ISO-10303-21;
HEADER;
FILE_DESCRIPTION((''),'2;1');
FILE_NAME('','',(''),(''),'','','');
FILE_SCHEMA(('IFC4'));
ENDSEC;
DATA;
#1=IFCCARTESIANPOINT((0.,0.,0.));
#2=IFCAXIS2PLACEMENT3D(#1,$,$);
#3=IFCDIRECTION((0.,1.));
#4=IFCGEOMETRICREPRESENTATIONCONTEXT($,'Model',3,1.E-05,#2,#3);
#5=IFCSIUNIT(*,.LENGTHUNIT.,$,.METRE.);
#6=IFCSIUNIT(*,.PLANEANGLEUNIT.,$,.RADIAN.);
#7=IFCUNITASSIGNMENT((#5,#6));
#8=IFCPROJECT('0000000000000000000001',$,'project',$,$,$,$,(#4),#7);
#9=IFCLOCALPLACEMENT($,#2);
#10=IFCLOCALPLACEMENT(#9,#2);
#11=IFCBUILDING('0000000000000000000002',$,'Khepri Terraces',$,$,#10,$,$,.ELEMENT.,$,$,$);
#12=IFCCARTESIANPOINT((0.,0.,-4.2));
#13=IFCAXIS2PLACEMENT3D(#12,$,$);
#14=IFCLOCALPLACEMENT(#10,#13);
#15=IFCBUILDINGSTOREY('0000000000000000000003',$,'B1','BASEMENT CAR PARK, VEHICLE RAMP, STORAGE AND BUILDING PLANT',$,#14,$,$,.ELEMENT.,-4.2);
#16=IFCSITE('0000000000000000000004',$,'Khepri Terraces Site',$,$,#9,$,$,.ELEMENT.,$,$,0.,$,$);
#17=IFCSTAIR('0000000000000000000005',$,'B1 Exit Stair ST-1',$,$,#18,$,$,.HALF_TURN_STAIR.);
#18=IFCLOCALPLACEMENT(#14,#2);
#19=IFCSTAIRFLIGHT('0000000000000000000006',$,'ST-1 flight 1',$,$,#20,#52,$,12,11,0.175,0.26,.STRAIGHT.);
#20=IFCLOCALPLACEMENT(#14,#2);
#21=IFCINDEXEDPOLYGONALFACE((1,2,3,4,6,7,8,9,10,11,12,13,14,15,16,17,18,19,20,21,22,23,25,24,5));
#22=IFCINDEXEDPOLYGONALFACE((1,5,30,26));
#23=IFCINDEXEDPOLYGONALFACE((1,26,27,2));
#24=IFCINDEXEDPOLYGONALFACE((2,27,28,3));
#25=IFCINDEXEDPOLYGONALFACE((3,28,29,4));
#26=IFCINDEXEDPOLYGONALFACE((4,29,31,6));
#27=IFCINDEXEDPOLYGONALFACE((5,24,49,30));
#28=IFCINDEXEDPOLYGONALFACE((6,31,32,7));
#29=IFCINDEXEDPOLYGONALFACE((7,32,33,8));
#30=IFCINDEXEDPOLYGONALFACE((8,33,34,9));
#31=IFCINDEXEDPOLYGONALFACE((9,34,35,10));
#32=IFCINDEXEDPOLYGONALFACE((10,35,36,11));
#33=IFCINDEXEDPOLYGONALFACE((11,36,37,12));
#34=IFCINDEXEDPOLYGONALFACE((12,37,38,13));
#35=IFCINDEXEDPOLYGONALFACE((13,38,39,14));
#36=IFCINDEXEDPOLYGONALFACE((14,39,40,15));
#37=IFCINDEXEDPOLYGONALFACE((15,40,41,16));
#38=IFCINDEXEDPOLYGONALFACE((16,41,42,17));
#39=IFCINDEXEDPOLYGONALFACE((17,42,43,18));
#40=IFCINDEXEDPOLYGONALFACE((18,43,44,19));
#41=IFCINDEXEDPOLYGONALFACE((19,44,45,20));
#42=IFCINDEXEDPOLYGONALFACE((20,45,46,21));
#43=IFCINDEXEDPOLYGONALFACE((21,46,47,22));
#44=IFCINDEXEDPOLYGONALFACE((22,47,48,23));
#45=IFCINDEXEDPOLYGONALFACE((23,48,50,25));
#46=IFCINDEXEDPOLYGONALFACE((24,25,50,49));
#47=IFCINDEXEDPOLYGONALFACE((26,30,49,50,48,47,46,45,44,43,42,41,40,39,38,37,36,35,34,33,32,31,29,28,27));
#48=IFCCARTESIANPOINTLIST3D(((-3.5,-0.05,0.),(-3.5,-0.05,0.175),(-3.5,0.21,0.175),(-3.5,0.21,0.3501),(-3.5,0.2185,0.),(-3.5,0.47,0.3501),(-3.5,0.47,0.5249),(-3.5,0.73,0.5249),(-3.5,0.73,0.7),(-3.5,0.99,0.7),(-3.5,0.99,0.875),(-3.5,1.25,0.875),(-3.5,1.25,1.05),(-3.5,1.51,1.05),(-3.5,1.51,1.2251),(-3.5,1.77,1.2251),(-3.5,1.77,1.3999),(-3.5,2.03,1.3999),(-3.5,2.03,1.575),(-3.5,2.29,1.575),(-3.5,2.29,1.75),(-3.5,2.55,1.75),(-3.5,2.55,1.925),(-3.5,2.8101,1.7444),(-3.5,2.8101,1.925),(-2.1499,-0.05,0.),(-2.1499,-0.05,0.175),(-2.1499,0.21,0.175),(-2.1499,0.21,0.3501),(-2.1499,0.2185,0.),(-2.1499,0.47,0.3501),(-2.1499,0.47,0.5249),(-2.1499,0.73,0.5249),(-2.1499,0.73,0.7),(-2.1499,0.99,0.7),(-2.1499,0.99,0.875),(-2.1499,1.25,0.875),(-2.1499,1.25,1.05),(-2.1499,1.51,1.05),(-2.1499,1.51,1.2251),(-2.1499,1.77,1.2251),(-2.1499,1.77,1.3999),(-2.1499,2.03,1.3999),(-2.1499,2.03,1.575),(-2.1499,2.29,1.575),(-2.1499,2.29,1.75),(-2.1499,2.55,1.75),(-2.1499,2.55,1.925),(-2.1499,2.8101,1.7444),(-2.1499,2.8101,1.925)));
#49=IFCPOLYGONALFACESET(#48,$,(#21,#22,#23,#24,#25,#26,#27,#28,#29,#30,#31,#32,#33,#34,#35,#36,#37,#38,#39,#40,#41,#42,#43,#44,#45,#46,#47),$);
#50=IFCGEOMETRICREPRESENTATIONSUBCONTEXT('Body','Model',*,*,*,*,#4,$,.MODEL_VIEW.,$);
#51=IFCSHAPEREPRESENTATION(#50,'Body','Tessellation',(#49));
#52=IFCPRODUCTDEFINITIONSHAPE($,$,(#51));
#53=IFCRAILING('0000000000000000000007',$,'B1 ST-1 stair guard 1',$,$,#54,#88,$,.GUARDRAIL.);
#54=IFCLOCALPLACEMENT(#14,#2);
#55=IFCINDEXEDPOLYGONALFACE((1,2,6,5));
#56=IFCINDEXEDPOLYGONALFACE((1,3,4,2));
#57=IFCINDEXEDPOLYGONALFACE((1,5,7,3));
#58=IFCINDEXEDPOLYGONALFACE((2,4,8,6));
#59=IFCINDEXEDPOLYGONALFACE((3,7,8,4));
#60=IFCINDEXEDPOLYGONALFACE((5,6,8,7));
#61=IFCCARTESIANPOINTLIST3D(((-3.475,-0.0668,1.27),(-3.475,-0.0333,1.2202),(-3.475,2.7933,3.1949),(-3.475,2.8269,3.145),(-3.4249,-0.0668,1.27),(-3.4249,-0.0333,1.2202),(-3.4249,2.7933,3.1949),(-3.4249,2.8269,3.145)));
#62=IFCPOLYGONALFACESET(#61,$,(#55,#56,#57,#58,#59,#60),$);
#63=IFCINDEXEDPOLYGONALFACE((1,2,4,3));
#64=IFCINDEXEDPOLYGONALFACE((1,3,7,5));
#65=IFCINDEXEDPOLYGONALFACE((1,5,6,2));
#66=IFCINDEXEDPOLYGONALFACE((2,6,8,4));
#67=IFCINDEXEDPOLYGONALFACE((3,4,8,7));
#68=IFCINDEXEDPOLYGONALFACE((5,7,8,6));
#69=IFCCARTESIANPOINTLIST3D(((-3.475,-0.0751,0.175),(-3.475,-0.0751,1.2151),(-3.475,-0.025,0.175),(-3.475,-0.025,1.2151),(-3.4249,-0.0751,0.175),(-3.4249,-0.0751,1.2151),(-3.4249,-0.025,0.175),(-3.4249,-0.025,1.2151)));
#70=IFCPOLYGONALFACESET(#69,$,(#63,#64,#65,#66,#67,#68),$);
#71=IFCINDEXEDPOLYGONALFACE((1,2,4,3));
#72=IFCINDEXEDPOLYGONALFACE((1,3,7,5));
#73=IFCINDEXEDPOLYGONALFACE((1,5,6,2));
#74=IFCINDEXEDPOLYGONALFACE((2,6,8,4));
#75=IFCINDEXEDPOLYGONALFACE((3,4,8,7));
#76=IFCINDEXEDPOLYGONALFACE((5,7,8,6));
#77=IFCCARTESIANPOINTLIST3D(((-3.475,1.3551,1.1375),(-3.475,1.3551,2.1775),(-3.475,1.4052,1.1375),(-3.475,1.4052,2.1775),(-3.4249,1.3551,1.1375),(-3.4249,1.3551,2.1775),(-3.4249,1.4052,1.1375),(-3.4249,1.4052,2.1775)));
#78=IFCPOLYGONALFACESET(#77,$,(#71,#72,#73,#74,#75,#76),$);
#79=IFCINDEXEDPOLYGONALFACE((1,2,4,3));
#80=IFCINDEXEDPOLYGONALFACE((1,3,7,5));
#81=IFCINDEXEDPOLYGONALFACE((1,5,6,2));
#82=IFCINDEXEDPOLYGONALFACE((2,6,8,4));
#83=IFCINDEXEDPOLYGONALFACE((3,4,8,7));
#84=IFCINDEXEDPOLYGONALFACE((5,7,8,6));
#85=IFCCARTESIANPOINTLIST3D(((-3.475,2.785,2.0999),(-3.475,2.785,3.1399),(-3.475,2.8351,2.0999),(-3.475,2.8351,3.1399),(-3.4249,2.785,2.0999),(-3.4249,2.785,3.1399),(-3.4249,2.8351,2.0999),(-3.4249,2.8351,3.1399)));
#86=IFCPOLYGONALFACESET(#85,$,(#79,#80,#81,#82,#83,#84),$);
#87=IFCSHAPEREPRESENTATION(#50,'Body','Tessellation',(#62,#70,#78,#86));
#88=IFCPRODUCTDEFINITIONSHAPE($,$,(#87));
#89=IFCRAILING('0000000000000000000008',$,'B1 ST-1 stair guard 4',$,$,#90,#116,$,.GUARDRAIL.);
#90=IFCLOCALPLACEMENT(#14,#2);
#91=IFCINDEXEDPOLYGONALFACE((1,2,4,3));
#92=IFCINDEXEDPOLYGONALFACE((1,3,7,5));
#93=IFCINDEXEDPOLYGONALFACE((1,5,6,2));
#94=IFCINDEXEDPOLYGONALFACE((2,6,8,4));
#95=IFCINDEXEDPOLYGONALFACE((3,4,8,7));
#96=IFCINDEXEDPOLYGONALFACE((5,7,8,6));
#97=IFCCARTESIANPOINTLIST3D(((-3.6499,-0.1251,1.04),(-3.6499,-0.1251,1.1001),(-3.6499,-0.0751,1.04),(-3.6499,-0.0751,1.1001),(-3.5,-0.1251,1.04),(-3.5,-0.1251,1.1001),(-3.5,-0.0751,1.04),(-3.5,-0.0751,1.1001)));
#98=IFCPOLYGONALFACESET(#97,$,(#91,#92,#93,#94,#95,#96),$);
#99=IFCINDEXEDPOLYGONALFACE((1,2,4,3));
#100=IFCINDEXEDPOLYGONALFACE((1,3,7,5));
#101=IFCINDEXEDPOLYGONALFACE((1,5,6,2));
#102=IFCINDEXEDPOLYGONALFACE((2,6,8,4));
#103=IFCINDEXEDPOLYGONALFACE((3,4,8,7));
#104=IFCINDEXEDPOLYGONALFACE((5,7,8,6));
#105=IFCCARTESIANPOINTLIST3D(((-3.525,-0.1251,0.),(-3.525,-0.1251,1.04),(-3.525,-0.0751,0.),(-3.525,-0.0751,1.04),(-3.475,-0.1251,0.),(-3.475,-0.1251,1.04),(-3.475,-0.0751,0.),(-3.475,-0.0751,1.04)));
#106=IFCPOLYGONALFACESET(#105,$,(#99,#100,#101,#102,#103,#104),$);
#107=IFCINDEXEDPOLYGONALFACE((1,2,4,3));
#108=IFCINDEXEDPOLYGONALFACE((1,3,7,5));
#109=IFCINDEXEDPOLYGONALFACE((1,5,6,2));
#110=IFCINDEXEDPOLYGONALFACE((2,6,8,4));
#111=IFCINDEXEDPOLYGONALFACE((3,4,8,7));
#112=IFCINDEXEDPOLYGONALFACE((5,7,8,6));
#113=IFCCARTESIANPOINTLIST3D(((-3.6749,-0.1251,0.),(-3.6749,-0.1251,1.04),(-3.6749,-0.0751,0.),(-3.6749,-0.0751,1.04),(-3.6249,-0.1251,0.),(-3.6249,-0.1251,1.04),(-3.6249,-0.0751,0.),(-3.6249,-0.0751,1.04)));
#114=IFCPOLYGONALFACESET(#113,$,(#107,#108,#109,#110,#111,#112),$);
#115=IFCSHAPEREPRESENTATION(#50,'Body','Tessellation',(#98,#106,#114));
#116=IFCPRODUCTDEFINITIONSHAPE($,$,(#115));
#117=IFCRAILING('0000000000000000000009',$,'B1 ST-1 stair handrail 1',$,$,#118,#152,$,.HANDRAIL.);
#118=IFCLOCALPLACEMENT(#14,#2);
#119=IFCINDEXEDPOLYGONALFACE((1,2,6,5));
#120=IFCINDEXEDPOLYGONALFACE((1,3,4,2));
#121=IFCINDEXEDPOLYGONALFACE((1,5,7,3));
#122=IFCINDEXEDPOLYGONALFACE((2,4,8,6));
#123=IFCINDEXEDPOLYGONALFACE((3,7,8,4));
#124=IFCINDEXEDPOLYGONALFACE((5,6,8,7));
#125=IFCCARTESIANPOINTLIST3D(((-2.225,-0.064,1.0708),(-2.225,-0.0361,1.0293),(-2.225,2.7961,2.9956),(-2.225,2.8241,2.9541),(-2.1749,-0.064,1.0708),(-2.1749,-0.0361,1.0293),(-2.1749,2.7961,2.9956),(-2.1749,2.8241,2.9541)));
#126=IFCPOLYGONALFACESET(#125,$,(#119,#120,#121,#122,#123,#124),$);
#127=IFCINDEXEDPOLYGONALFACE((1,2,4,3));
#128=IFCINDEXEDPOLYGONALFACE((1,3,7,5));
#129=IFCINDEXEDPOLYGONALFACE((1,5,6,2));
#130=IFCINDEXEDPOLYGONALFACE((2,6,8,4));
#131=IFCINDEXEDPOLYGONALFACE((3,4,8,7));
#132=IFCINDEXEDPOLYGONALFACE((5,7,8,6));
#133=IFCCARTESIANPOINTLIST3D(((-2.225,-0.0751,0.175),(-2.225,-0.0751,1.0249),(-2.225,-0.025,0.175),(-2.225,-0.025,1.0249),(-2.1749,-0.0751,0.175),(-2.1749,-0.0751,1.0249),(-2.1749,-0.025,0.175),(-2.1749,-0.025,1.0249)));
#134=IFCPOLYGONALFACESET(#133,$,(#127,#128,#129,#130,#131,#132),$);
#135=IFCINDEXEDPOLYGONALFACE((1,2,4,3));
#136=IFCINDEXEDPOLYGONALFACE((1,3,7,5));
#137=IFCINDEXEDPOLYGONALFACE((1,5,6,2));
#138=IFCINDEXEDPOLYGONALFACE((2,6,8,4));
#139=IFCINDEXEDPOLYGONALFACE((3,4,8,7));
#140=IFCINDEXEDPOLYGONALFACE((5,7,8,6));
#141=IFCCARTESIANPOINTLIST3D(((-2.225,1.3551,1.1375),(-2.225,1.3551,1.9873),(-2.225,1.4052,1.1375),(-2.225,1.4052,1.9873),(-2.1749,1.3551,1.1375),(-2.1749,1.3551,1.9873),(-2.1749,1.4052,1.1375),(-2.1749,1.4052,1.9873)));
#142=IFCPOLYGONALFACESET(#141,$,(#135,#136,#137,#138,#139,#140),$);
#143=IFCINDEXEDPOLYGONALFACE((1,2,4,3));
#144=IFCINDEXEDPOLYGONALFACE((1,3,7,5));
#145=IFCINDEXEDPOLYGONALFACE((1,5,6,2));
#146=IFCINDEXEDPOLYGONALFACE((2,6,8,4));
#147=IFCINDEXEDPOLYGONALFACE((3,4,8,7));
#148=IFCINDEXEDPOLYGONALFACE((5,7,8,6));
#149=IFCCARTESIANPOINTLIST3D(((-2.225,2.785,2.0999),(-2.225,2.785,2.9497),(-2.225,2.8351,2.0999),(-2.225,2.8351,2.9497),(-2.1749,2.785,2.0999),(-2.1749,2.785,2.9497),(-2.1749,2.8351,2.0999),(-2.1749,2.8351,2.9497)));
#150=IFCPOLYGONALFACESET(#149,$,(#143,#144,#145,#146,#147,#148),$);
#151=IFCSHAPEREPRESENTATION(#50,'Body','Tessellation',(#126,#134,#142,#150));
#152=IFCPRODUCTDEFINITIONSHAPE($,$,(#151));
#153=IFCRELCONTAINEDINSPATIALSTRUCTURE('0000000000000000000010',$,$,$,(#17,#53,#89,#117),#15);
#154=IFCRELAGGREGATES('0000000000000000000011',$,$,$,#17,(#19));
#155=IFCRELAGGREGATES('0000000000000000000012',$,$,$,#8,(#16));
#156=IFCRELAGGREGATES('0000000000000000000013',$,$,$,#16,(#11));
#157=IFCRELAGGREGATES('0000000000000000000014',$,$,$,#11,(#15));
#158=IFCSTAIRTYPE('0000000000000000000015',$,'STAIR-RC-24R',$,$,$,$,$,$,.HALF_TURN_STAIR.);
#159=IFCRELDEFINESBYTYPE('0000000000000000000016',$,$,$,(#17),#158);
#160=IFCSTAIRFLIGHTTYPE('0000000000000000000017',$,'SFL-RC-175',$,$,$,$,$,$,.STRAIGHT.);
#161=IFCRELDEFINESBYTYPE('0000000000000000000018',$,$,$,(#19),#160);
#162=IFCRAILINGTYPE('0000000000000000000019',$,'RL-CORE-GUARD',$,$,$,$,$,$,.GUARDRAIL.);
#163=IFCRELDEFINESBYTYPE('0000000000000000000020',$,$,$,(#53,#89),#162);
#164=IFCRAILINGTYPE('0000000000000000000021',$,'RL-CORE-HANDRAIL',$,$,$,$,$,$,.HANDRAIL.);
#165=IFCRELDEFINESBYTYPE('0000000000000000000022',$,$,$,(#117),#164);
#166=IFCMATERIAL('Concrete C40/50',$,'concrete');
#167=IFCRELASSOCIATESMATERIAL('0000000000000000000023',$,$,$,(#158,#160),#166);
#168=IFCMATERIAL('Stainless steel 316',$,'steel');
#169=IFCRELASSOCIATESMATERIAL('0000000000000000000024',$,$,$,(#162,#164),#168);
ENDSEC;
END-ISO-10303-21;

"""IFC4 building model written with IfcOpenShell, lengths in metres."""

from ifc_helpers import new_model, si_unit, direction, frame, origin, origin_2d, place, context, subcontext, project, spatial, polyline, rectangle, outline, extrude, material, type_object, element, aggregate, save


model = new_model("IFC4")

# Units and contexts
model_context = context("Model", 3, precision=1e-05, world=origin(), true_north=direction((0.0, 1.0)))
body_context = subcontext(model_context, "Body", "Model", "MODEL_VIEW")
ifc_project = project(units=[si_unit("LENGTHUNIT", "METRE"), si_unit("PLANEANGLEUNIT", "RADIAN")], contexts=[model_context])

# Site, building, storey
site_placement = place(None, origin())
site = spatial("IfcSite", under=ifc_project, at=site_placement, Name="Khepri Terraces Site", CompositionType="ELEMENT", RefElevation=0.0)
building_placement = place(site_placement, origin())
building = spatial("IfcBuilding", under=site, at=building_placement, Name="Khepri Terraces", CompositionType="ELEMENT")
storey_placement = place(building_placement, frame((0.0, 0.0, -4.2)))
storey = spatial("IfcBuildingStorey", under=building, at=storey_placement, Name="B1", Description="BASEMENT CAR PARK, VEHICLE RAMP, STORAGE AND BUILDING PLANT", CompositionType="ELEMENT", Elevation=-4.2)

# Stair, stair flight
ifc_material_1 = material(Name="Concrete C40/50", Category="concrete")
stair_type = type_object("IfcStairType", Name="STAIR-RC-24R", PredefinedType="HALF_TURN_STAIR", material=ifc_material_1)
stair_placement = place(storey_placement, origin())
stair = element("IfcStair", 1, at=stair_placement, inside=storey, type_object=stair_type, Name="B1 Exit Stair ST-1", PredefinedType="HALF_TURN_STAIR")
stair_flight_type = type_object("IfcStairFlightType", Name="SFL-RC-175", PredefinedType="STRAIGHT", material=ifc_material_1)
stair_flight_placement = place(storey_placement, frame((-2.825, -0.05, 0.0), z_axis=(0.0, 0.0, 1.0), x_axis=(0.0, 1.0, 0.0)))
stair_flight = element("IfcStairFlight", 2, at=stair_flight_placement, type_object=stair_flight_type, Name="ST-1 flight 1", NumberOfRisers=12, NumberOfTreads=11, PredefinedType="STRAIGHT", RiserHeight=0.175, TreadLength=0.26, context=body_context, shape_type="SweptSolid", body=[
    extrude(outline(polyline([(0.0, 0.0), (0.0, 0.175), (0.26, 0.175), (0.26, 0.3501), (0.52, 0.3501), (0.52, 0.5249), (0.78, 0.5249), (0.78, 0.7), (1.04, 0.7), (1.04, 0.875), (1.3, 0.875), (1.3, 1.05), (1.5601, 1.05), (1.5601, 1.2251), (1.8201, 1.2251), (1.8201, 1.3999), (2.0801, 1.3999), (2.0801, 1.575), (2.3401, 1.575), (2.3401, 1.75), (2.6001, 1.75), (2.6001, 1.925), (2.8601, 1.925), (2.8601, 2.1001), (2.8601, 1.7444), (0.2686, 0.0), (0.0, 0.0)])), frame((0.0, 0.675, 0.0), z_axis=(0.0, -1.0, 0.0), x_axis=(1.0, 0.0, 0.0)), (0.0, 0.0, 1.0), 1.3501),
])
aggregate(stair, [stair_flight])

# Railings
ifc_material_2 = material(Name="Stainless steel 316", Category="steel")
railing_type_1 = type_object("IfcRailingType", Name="RL-CORE-GUARD", PredefinedType="GUARDRAIL", material=ifc_material_2)
railing_1_placement = place(storey_placement, frame((-3.45, -0.05, 0.175)))
element("IfcRailing", 3, at=railing_1_placement, inside=storey, type_object=railing_type_1, Name="B1 ST-1 stair guard 1", PredefinedType="GUARDRAIL", context=body_context, shape_type="SweptSolid", body=[
    extrude(rectangle(XDim=0.05, YDim=0.0601, at=origin_2d()), frame((0.0, 0.0, 1.0701), z_axis=(0.0, 0.829624, 0.558323), x_axis=(-1.0, 0.0, 0.0)), (0.0, 0.0, 1.0), 3.4475),
    extrude(rectangle(XDim=0.05, YDim=0.05, at=origin_2d()), origin(), (0.0, 0.0, 1.0), 1.04),
    extrude(rectangle(XDim=0.05, YDim=0.05, at=origin_2d()), frame((0.0, 1.4302, 0.9624)), (0.0, 0.0, 1.0), 1.04),
    extrude(rectangle(XDim=0.05, YDim=0.05, at=origin_2d()), frame((0.0, 2.8601, 1.9248)), (0.0, 0.0, 1.0), 1.04),
])
railing_2_placement = place(storey_placement, frame((-3.5, -0.1001, 0.0)))
element("IfcRailing", 4, at=railing_2_placement, inside=storey, type_object=railing_type_1, Name="B1 ST-1 stair guard 4", PredefinedType="GUARDRAIL", context=body_context, shape_type="SweptSolid", body=[
    extrude(rectangle(XDim=0.05, YDim=0.0601, at=origin_2d()), frame((0.0, 0.0, 1.0701), z_axis=(-1.0, 0.0, 0.0), x_axis=(0.0, -1.0, 0.0)), (0.0, 0.0, 1.0), 0.1499),
    extrude(rectangle(XDim=0.05, YDim=0.05, at=origin_2d()), origin(), (0.0, 0.0, 1.0), 1.04),
    extrude(rectangle(XDim=0.05, YDim=0.05, at=origin_2d()), frame((-0.1499, 0.0, 0.0)), (0.0, 0.0, 1.0), 1.04),
])
railing_type_2 = type_object("IfcRailingType", Name="RL-CORE-HANDRAIL", PredefinedType="HANDRAIL", material=ifc_material_2)
railing_3_placement = place(storey_placement, frame((-2.2, -0.05, 0.175)))
element("IfcRailing", 5, at=railing_3_placement, inside=storey, type_object=railing_type_2, Name="B1 ST-1 stair handrail 1", PredefinedType="HANDRAIL", context=body_context, shape_type="SweptSolid", body=[
    extrude(rectangle(XDim=0.05, YDim=0.05, at=origin_2d()), frame((0.0, 0.0, 0.875), z_axis=(0.0, 0.829624, 0.558323), x_axis=(-1.0, 0.0, 0.0)), (0.0, 0.0, 1.0), 3.4475),
    extrude(rectangle(XDim=0.05, YDim=0.05, at=origin_2d()), origin(), (0.0, 0.0, 1.0), 0.8499),
    extrude(rectangle(XDim=0.05, YDim=0.05, at=origin_2d()), frame((0.0, 1.4302, 0.9624)), (0.0, 0.0, 1.0), 0.8499),
    extrude(rectangle(XDim=0.05, YDim=0.05, at=origin_2d()), frame((0.0, 2.8601, 1.9248)), (0.0, 0.0, 1.0), 0.8499),
])

save(model, "model.ifc")
